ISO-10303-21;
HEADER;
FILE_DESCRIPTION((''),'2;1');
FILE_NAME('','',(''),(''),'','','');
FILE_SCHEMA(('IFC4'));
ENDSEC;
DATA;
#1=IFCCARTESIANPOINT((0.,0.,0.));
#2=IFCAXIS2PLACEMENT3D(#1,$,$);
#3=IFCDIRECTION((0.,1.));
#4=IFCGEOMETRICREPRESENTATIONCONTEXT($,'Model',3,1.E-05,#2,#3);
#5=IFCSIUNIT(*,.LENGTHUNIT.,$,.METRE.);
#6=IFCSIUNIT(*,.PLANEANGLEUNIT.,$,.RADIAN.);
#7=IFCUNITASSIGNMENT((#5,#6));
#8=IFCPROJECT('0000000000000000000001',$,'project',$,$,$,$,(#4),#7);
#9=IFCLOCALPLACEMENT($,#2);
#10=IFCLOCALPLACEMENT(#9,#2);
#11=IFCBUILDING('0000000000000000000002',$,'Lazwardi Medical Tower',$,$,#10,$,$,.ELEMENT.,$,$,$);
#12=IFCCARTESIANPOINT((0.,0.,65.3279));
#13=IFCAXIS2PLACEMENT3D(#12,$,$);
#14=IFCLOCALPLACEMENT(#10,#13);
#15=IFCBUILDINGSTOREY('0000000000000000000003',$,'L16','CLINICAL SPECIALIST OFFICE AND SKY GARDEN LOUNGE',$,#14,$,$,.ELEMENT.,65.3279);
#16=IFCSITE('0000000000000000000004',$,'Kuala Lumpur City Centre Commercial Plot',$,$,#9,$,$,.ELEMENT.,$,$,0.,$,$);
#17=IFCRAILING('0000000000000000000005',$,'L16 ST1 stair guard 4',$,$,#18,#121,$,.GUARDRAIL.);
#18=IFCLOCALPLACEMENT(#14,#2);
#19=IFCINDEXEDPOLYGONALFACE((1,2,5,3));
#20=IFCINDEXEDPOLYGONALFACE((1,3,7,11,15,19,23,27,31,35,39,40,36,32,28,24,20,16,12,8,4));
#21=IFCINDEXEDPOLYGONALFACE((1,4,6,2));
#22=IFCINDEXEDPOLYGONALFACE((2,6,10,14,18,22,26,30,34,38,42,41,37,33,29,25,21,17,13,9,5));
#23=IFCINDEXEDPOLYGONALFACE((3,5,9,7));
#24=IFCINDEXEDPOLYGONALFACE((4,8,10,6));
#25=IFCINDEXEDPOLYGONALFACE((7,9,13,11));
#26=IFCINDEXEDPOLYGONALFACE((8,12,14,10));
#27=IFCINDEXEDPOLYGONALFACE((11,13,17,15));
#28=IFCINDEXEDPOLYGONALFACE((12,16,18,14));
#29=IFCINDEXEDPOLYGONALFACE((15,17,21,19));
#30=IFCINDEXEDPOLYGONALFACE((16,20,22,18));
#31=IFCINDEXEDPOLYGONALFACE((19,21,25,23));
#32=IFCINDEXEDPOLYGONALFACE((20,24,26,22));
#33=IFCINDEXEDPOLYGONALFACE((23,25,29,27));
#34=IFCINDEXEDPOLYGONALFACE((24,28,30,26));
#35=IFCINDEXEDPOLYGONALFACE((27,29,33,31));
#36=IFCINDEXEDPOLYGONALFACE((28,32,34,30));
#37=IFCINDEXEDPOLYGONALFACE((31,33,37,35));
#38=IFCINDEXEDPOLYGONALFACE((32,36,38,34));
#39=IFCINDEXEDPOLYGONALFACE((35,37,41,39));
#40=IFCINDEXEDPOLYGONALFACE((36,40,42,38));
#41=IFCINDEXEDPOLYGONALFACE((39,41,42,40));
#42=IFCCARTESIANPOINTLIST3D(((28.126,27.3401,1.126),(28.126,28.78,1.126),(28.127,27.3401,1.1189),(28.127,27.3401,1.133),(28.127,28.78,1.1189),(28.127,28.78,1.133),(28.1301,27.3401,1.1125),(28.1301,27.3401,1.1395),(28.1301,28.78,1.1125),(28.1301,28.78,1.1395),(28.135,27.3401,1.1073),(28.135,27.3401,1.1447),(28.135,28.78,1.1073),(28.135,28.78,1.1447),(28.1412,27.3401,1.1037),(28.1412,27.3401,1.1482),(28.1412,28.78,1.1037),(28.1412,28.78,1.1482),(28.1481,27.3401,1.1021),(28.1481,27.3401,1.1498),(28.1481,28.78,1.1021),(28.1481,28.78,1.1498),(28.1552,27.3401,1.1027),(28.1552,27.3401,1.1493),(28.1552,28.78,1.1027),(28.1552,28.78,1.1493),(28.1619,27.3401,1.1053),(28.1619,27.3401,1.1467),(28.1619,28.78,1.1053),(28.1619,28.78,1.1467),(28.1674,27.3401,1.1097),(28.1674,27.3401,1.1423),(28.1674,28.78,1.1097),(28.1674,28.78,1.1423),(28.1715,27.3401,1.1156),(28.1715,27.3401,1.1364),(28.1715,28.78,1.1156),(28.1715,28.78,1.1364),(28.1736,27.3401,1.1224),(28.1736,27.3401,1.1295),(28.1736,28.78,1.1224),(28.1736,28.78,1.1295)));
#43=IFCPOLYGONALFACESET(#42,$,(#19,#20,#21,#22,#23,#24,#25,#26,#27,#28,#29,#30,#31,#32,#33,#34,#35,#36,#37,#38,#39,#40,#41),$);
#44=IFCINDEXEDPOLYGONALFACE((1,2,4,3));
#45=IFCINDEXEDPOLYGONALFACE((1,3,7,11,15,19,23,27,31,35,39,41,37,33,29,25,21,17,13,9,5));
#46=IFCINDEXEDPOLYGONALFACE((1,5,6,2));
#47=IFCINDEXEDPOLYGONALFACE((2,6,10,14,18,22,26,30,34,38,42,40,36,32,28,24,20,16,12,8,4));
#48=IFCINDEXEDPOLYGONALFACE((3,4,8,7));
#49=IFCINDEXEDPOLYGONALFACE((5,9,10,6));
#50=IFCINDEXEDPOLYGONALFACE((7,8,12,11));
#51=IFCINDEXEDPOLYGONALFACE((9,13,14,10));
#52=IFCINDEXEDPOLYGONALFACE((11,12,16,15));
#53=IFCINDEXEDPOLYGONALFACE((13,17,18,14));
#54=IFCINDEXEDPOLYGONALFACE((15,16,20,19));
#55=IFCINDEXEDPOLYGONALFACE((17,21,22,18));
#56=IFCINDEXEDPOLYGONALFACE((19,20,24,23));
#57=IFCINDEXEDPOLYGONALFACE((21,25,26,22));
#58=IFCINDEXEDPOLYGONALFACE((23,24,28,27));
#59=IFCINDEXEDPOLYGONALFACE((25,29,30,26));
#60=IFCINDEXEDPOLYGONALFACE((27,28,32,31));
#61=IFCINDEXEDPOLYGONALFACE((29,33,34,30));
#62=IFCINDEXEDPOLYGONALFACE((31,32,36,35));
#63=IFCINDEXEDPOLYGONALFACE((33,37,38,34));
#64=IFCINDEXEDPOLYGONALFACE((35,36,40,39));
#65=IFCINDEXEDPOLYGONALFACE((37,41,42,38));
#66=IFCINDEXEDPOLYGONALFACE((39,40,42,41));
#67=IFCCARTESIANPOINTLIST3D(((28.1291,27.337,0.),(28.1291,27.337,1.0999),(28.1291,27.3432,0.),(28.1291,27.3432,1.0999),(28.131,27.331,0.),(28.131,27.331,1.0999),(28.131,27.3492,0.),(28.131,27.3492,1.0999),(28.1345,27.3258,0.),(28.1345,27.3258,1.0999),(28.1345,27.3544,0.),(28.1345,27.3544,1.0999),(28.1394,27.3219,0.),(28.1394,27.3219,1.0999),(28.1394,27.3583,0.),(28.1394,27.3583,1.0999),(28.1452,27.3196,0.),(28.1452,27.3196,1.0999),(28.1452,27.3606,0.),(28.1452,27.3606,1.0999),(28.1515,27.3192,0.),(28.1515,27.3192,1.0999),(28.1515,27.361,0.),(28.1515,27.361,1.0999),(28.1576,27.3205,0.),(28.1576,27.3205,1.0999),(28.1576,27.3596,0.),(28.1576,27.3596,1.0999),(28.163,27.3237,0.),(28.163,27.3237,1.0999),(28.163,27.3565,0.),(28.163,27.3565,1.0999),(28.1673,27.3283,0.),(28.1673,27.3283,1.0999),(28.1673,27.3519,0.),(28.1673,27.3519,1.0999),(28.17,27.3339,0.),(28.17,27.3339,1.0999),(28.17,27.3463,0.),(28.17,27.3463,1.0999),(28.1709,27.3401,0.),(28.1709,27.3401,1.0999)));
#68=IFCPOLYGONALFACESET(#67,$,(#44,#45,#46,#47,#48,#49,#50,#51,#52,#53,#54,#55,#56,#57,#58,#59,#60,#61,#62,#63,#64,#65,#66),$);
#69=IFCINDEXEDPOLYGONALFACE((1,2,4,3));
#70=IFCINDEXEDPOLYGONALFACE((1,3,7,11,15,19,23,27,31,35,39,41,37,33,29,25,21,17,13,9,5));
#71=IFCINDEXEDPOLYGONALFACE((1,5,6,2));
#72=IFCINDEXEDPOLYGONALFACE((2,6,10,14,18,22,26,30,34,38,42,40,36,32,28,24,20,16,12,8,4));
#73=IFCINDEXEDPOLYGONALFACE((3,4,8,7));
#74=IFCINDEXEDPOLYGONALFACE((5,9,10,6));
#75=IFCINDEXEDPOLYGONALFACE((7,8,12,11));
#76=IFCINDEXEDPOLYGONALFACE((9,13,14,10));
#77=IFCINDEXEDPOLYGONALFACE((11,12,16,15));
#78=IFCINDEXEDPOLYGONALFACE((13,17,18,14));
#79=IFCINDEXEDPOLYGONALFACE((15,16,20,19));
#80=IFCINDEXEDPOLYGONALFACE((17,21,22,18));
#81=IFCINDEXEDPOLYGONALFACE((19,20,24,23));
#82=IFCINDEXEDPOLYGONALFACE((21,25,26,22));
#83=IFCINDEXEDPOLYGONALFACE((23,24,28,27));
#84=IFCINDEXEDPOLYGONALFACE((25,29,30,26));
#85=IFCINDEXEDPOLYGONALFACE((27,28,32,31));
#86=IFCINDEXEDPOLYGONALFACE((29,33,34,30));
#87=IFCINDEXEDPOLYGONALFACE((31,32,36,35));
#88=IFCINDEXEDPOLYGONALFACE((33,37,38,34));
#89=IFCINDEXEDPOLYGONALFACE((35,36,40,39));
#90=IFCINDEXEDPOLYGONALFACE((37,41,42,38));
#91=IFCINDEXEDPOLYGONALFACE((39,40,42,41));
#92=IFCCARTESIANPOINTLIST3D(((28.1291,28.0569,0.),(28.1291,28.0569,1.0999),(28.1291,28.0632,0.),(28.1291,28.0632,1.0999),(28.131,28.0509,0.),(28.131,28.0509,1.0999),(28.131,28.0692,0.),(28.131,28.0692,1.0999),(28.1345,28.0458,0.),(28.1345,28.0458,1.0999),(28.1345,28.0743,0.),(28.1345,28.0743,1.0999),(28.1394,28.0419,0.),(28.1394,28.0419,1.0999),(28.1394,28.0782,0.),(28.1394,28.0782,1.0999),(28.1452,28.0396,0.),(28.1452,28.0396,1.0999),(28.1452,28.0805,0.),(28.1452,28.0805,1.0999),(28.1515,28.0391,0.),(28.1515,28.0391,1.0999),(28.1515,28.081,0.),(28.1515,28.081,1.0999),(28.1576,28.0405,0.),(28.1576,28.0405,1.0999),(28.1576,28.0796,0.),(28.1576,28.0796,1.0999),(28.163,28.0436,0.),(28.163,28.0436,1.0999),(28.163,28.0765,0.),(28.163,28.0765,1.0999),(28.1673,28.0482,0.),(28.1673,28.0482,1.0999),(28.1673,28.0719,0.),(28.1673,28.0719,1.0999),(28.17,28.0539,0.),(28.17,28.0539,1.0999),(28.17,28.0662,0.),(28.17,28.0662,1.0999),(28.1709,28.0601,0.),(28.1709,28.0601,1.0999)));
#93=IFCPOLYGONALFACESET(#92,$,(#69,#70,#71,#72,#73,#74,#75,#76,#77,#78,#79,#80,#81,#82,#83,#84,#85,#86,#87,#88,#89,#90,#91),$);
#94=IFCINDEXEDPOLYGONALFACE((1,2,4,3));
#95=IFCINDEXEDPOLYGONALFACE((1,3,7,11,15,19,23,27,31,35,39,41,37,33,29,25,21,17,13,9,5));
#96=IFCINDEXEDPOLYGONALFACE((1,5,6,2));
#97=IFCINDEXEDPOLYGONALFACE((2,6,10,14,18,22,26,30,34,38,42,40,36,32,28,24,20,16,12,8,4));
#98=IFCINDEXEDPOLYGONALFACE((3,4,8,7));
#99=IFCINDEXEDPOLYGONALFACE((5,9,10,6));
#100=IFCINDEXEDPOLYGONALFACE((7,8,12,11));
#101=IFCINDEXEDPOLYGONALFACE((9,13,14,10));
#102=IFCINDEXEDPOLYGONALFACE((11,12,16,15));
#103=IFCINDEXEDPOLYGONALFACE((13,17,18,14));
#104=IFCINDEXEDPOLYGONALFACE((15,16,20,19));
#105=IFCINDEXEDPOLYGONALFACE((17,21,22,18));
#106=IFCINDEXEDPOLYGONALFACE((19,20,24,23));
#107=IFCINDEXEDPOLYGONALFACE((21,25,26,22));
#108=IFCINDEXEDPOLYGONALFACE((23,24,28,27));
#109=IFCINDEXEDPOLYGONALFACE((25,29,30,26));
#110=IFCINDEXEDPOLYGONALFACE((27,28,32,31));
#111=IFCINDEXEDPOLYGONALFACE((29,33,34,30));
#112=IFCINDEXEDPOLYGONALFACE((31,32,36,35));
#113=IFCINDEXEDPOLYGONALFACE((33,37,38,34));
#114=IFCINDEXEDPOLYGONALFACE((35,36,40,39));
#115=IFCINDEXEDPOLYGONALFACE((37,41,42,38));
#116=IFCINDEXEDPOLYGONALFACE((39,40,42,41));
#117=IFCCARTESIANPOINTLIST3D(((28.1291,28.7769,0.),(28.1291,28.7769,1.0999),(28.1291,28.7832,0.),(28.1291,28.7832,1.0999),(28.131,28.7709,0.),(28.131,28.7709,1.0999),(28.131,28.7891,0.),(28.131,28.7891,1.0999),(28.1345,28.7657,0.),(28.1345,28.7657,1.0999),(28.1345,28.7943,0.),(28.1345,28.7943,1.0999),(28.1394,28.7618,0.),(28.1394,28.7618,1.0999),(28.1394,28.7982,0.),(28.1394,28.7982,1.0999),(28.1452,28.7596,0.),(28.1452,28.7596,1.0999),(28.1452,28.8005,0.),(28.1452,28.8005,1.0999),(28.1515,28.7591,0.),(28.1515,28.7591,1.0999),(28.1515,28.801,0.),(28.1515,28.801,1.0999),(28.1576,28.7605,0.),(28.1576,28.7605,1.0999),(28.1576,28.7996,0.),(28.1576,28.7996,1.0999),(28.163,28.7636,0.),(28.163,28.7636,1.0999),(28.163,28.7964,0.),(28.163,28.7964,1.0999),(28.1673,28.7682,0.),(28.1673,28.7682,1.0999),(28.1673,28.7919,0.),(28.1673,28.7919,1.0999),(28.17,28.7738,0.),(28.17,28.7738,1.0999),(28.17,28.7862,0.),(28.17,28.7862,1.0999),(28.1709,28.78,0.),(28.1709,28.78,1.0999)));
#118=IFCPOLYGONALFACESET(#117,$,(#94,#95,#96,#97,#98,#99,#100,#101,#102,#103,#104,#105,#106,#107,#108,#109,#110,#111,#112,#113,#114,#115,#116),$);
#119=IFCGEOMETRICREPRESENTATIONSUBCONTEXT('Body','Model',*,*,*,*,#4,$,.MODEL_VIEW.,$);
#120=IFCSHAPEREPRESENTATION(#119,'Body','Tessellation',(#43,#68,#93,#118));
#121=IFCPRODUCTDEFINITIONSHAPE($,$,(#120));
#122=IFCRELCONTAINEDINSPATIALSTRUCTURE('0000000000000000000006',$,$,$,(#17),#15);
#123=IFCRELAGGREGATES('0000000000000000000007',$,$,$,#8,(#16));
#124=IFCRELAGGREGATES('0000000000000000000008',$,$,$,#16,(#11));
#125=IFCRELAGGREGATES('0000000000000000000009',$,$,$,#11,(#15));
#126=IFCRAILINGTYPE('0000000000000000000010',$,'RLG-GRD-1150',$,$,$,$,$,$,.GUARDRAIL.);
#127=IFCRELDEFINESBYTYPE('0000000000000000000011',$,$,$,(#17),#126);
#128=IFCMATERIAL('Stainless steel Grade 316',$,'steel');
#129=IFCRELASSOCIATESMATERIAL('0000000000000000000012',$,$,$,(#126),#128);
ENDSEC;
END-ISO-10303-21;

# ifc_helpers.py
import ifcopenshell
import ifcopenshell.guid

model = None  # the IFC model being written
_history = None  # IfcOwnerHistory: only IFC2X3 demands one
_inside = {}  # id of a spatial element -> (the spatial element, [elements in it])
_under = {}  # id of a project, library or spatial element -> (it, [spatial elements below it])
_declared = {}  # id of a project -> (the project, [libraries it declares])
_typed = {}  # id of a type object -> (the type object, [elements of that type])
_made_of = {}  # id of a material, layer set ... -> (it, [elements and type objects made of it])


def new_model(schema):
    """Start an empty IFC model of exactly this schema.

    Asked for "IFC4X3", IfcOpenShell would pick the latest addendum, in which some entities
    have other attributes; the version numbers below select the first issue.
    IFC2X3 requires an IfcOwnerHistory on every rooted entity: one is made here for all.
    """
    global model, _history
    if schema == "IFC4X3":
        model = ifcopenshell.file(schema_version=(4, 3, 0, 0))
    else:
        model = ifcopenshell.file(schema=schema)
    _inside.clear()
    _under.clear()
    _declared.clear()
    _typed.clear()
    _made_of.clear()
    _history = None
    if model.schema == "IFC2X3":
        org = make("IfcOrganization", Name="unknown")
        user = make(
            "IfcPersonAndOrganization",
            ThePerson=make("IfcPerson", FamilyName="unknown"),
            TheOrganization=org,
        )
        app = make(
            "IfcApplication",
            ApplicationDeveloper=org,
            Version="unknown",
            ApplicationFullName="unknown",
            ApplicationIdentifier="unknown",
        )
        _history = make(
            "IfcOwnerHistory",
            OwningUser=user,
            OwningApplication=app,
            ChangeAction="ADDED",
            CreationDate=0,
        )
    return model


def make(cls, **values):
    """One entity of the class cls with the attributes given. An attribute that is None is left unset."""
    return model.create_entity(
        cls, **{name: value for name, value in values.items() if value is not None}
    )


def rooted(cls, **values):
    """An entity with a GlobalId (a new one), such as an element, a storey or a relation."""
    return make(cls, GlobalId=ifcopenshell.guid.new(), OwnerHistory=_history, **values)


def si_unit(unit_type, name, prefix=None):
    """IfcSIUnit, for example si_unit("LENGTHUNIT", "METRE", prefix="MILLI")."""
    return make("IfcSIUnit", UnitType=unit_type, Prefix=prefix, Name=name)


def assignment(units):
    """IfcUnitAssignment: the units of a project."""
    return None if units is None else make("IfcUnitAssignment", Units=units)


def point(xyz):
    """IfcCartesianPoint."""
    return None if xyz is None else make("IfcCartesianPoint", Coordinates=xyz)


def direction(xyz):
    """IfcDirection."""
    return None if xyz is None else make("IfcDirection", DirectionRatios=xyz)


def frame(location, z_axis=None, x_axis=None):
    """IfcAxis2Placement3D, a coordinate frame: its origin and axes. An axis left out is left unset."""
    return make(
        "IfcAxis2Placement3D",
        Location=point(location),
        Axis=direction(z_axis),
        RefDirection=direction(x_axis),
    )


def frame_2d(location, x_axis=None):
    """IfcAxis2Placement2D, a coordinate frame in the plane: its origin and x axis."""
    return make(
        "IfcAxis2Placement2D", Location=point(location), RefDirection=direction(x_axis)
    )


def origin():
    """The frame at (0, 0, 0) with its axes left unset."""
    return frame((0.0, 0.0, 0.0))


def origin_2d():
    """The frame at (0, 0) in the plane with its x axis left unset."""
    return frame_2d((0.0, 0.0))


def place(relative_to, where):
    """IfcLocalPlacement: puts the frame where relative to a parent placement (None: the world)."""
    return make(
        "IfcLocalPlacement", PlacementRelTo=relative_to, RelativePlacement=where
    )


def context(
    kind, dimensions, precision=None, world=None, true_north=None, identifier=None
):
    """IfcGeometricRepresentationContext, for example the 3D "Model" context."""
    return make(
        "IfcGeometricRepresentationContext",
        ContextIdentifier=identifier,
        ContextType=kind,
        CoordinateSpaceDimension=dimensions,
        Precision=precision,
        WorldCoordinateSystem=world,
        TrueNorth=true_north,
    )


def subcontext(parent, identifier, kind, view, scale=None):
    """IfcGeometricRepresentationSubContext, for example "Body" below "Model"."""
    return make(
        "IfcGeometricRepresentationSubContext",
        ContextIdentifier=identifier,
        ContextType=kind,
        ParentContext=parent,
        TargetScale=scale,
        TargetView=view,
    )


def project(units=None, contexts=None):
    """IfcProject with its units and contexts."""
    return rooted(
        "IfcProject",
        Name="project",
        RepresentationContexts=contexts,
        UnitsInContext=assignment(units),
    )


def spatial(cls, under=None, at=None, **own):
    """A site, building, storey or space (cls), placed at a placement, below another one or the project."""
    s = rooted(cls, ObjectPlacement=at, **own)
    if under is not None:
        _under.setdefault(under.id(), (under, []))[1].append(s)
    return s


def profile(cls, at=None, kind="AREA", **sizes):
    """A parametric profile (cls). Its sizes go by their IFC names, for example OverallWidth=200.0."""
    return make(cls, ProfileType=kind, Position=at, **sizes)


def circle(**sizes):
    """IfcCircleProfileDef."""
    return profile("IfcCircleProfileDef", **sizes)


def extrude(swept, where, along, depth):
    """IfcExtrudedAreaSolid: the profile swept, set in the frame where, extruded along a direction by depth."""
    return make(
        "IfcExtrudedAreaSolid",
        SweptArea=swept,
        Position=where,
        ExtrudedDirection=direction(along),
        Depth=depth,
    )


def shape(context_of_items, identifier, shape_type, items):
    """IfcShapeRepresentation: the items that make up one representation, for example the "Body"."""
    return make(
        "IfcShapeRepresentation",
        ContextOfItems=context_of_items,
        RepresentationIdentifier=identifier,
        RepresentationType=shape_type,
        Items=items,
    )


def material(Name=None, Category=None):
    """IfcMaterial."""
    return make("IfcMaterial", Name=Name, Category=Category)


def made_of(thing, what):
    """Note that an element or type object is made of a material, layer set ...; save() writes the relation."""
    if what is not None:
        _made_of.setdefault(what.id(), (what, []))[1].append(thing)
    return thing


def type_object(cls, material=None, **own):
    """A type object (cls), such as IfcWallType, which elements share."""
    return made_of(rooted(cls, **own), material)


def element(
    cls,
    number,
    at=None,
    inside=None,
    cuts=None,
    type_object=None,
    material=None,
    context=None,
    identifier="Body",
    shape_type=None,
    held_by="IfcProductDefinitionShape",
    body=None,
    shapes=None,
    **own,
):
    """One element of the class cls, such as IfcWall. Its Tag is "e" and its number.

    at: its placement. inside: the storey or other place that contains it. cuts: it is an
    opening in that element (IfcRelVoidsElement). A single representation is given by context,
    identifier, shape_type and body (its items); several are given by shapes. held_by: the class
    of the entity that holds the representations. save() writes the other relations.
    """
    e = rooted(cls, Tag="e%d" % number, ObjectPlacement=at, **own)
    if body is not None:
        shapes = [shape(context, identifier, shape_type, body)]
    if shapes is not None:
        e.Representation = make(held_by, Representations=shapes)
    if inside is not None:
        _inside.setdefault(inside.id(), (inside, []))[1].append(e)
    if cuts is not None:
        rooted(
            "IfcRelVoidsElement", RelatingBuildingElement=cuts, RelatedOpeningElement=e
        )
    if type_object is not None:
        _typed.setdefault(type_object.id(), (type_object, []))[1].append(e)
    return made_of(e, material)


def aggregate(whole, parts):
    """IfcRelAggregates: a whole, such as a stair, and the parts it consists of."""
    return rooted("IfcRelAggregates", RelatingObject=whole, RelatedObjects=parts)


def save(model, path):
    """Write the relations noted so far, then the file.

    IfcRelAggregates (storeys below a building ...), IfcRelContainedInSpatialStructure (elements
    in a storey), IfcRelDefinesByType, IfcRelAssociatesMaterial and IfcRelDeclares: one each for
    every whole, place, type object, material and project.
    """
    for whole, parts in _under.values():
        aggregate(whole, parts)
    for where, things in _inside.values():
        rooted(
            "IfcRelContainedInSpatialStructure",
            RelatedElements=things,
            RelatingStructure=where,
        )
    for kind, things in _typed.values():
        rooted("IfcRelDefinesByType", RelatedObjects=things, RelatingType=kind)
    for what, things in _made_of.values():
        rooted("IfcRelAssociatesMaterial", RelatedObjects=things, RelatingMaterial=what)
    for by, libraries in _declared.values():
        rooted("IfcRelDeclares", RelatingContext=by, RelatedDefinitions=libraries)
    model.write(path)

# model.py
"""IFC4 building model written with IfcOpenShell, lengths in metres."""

from ifc_helpers import new_model, si_unit, direction, frame, origin, origin_2d, place, context, subcontext, project, spatial, circle, extrude, material, type_object, element, save


model = new_model("IFC4")

# Units and contexts
model_context = context("Model", 3, precision=1e-05, world=origin(), true_north=direction((0.0, 1.0)))
body_context = subcontext(model_context, "Body", "Model", "MODEL_VIEW")
ifc_project = project(units=[si_unit("LENGTHUNIT", "METRE"), si_unit("PLANEANGLEUNIT", "RADIAN")], contexts=[model_context])

# Site, building, storey
site_placement = place(None, origin())
site = spatial("IfcSite", under=ifc_project, at=site_placement, Name="Kuala Lumpur City Centre Commercial Plot", CompositionType="ELEMENT", RefElevation=0.0)
building_placement = place(site_placement, origin())
building = spatial("IfcBuilding", under=site, at=building_placement, Name="Lazwardi Medical Tower", CompositionType="ELEMENT")
storey_placement = place(building_placement, frame((0.0, 0.0, 65.3279)))
storey = spatial("IfcBuildingStorey", under=building, at=storey_placement, Name="L16", Description="CLINICAL SPECIALIST OFFICE AND SKY GARDEN LOUNGE", CompositionType="ELEMENT", Elevation=65.3279)

# Railing
ifc_material_1 = material(Name="Stainless steel Grade 316", Category="steel")
railing_type_1 = type_object("IfcRailingType", Name="RLG-GRD-1150", PredefinedType="GUARDRAIL", material=ifc_material_1)
railing_1_placement = place(storey_placement, frame((28.1499, 27.3401, 0.0)))
element("IfcRailing", 1, at=railing_1_placement, inside=storey, type_object=railing_type_1, Name="L16 ST1 stair guard 4", PredefinedType="GUARDRAIL", context=body_context, shape_type="SweptSolid", body=[
    extrude(circle(Radius=0.0239, at=origin_2d()), frame((0.0, 0.0, 1.126), z_axis=(0.0, 1.0, 0.0), x_axis=(-1.0, 0.0, 0.0)), (0.0, 0.0, 1.0), 1.4399),
    extrude(circle(Radius=0.021, at=origin_2d()), origin(), (0.0, 0.0, 1.0), 1.0999),
    extrude(circle(Radius=0.021, at=origin_2d()), frame((0.0, 0.72, 0.0)), (0.0, 0.0, 1.0), 1.0999),
    extrude(circle(Radius=0.021, at=origin_2d()), frame((0.0, 1.4399, 0.0)), (0.0, 0.0, 1.0), 1.0999),
])

save(model, "model.ifc")
